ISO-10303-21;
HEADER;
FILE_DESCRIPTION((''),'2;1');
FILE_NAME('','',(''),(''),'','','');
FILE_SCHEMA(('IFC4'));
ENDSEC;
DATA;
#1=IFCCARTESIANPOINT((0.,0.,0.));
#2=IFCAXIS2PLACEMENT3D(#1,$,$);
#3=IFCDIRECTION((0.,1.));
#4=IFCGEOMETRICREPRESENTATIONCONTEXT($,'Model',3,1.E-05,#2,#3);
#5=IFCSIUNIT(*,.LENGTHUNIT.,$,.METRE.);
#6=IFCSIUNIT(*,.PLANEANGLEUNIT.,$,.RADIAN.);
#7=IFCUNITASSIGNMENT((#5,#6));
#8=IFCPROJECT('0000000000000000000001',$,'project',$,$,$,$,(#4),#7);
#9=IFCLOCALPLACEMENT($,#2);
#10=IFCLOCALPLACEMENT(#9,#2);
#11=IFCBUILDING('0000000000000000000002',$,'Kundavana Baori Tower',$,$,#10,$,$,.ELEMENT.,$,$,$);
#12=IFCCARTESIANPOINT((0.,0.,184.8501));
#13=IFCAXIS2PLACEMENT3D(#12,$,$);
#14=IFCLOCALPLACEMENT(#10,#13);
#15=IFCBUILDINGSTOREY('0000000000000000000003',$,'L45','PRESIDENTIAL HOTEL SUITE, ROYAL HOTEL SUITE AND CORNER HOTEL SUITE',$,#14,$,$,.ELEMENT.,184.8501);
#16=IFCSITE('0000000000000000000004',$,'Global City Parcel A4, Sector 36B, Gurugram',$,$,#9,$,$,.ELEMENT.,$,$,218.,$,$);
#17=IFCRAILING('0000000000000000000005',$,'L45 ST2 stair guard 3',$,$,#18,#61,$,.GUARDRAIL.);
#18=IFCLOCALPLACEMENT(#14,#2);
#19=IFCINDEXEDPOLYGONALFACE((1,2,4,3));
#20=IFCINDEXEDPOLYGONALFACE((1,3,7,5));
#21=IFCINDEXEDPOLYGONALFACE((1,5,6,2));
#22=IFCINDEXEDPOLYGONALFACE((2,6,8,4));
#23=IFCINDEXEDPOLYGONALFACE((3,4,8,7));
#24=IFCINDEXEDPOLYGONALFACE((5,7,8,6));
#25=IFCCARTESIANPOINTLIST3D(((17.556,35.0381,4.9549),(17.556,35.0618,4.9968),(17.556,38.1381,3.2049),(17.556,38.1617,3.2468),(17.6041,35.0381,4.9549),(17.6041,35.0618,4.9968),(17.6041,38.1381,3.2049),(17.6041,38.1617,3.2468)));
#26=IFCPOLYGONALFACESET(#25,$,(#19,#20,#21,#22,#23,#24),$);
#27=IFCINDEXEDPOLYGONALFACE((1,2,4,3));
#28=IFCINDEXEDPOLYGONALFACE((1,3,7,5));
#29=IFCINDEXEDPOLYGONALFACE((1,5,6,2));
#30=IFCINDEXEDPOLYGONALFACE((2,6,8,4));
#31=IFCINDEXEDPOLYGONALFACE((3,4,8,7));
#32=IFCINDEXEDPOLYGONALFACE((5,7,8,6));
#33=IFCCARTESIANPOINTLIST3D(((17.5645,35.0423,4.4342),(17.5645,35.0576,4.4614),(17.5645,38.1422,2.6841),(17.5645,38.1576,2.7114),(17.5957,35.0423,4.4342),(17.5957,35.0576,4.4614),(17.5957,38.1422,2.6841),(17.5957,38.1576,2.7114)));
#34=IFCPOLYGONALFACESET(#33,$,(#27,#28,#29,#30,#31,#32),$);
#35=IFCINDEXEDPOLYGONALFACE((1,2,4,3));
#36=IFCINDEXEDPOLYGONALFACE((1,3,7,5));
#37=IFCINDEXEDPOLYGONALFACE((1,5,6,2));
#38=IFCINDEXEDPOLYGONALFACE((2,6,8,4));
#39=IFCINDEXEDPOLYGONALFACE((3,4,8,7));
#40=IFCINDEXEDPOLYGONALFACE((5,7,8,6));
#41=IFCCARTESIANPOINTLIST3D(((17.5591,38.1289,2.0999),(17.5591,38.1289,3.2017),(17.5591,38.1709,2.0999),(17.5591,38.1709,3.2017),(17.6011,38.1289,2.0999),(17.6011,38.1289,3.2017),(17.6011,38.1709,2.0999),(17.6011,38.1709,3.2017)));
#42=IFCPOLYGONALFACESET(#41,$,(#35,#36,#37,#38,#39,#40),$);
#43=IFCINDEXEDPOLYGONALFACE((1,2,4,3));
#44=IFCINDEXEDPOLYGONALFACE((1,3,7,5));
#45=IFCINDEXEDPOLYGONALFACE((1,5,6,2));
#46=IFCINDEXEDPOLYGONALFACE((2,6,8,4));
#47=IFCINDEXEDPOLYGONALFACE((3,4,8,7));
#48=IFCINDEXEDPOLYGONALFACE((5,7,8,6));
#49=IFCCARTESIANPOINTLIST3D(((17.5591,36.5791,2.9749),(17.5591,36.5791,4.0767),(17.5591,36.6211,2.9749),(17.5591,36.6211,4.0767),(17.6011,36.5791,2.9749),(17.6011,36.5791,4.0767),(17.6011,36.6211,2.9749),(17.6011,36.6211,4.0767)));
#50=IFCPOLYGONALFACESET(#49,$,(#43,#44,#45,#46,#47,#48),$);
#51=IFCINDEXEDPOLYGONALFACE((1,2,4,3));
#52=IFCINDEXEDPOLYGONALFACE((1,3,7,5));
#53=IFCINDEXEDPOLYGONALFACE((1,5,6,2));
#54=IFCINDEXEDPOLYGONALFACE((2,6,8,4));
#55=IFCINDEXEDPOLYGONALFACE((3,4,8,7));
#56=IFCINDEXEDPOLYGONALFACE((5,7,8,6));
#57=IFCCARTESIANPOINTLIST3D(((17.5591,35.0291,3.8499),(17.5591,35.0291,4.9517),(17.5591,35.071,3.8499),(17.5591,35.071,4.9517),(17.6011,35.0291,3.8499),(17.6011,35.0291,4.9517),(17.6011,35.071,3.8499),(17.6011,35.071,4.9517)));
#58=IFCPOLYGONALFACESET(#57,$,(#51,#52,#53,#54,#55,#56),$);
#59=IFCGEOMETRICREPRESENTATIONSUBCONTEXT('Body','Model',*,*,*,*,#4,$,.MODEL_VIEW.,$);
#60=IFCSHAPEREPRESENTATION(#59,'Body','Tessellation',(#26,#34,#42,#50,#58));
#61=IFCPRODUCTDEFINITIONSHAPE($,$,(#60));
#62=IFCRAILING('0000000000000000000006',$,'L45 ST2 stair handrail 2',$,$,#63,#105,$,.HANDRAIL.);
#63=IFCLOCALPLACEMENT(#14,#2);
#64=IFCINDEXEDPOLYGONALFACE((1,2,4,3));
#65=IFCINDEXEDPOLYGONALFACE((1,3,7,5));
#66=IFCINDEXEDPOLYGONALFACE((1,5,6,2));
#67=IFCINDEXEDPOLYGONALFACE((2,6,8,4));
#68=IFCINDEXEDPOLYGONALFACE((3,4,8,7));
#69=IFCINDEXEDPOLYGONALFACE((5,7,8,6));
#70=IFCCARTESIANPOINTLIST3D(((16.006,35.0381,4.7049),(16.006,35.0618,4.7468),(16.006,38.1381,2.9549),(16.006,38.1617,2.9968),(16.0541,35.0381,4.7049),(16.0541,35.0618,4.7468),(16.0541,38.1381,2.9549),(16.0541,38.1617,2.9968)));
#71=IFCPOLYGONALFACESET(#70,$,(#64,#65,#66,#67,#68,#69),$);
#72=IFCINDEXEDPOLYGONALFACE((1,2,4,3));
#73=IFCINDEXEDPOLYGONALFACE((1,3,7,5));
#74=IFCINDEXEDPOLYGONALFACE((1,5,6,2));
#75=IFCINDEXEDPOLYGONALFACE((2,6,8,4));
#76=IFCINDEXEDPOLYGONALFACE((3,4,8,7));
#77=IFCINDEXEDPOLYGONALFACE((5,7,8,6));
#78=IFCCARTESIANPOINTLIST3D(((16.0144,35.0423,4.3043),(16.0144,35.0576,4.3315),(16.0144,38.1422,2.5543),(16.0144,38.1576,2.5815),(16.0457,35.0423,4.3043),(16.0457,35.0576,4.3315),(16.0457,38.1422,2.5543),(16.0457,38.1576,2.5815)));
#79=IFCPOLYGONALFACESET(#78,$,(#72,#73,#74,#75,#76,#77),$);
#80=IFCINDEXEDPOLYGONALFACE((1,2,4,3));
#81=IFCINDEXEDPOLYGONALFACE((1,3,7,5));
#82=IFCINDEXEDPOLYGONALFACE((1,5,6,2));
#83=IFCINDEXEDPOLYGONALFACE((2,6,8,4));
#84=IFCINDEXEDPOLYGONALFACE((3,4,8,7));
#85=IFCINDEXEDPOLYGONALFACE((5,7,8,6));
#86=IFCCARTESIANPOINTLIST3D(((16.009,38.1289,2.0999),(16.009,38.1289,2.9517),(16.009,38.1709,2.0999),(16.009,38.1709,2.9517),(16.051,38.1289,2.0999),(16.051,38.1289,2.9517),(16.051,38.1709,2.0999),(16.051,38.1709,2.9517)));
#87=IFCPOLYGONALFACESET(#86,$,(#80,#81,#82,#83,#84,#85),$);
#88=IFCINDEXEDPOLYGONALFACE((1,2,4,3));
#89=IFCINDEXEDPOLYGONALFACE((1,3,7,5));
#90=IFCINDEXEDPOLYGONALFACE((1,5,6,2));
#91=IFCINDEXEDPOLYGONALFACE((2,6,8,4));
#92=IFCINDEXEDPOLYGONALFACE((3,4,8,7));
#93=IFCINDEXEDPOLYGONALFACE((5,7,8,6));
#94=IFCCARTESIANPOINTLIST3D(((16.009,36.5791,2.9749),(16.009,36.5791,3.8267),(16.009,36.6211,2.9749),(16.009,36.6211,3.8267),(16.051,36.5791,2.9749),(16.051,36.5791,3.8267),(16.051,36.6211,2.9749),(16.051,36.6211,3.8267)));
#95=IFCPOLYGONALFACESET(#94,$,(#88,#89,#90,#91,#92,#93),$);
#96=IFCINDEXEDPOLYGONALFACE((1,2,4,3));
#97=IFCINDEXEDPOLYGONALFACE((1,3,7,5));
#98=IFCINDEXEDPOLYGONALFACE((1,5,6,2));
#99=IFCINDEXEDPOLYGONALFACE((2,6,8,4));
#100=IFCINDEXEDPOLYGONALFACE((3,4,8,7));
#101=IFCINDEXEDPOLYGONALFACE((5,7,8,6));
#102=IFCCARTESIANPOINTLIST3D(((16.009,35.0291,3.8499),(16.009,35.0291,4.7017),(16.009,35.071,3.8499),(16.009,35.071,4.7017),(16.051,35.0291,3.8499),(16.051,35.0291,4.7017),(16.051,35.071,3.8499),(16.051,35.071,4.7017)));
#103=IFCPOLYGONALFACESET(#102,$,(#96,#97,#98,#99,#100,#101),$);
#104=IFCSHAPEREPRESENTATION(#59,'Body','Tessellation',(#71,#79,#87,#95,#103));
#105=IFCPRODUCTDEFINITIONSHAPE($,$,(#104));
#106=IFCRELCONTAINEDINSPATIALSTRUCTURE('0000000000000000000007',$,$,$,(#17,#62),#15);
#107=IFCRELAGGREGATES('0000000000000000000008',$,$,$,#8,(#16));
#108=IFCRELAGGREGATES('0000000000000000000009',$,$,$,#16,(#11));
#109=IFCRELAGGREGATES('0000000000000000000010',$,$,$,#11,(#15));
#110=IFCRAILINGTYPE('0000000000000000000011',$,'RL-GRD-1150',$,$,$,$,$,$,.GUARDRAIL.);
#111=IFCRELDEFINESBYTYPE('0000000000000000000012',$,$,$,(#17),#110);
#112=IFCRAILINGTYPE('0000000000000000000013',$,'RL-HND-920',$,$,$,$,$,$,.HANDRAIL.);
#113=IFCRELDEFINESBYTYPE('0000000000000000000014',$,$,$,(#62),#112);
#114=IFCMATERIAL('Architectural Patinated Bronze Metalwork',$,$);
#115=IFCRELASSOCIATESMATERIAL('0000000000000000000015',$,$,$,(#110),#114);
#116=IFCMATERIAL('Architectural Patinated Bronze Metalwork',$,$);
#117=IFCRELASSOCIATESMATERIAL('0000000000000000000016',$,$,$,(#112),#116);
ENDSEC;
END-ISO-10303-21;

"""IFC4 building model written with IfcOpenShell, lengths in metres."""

from ifc_helpers import new_model, si_unit, direction, frame, origin, origin_2d, place, context, subcontext, project, spatial, rectangle, extrude, material, type_object, element, save


model = new_model("IFC4")

# Units and contexts
model_context = context("Model", 3, precision=1e-05, world=origin(), true_north=direction((0.0, 1.0)))
body_context = subcontext(model_context, "Body", "Model", "MODEL_VIEW")
ifc_project = project(units=[si_unit("LENGTHUNIT", "METRE"), si_unit("PLANEANGLEUNIT", "RADIAN")], contexts=[model_context])

# Site, building, storey
site_placement = place(None, origin())
site = spatial("IfcSite", under=ifc_project, at=site_placement, Name="Global City Parcel A4, Sector 36B, Gurugram", CompositionType="ELEMENT", RefElevation=218.0)
building_placement = place(site_placement, origin())
building = spatial("IfcBuilding", under=site, at=building_placement, Name="Kundavana Baori Tower", CompositionType="ELEMENT")
storey_placement = place(building_placement, frame((0.0, 0.0, 184.8501)))
storey = spatial("IfcBuildingStorey", under=building, at=storey_placement, Name="L45", Description="PRESIDENTIAL HOTEL SUITE, ROYAL HOTEL SUITE AND CORNER HOTEL SUITE", CompositionType="ELEMENT", Elevation=184.8501)

# Railings
ifc_material_1 = material(Name="Architectural Patinated Bronze Metalwork")
railing_type_1 = type_object("IfcRailingType", Name="RL-GRD-1150", PredefinedType="GUARDRAIL", material=ifc_material_1)
railing_1_placement = place(storey_placement, frame((17.5801, 38.1499, 2.0999)))
element("IfcRailing", 1, at=railing_1_placement, inside=storey, type_object=railing_type_1, Name="L45 ST2 stair guard 3", PredefinedType="GUARDRAIL", context=body_context, shape_type="SweptSolid", body=[
    extrude(rectangle(XDim=0.0481, YDim=0.0481, at=origin_2d()), frame((0.0, 0.0, 1.126), z_axis=(0.0, -0.870814, 0.491612), x_axis=(1.0, 0.0, 0.0)), (0.0, 0.0, 1.0), 3.5598),
    extrude(rectangle(XDim=0.0312, YDim=0.0312, at=origin_2d()), frame((0.0, 0.0, 0.5979), z_axis=(0.0, -0.870814, 0.491612), x_axis=(1.0, 0.0, 0.0)), (0.0, 0.0, 1.0), 3.5598),
    extrude(rectangle(XDim=0.042, YDim=0.042, at=origin_2d()), origin(), (0.0, 0.0, 1.0), 1.1018),
    extrude(rectangle(XDim=0.042, YDim=0.042, at=origin_2d()), frame((0.0, -1.5498, 0.875)), (0.0, 0.0, 1.0), 1.1018),
    extrude(rectangle(XDim=0.042, YDim=0.042, at=origin_2d()), frame((0.0, -3.0999, 1.75)), (0.0, 0.0, 1.0), 1.1018),
])
ifc_material_2 = material(Name="Architectural Patinated Bronze Metalwork")
railing_type_2 = type_object("IfcRailingType", Name="RL-HND-920", PredefinedType="HANDRAIL", material=ifc_material_2)
railing_2_placement = place(storey_placement, frame((16.03, 38.1499, 2.0999)))
element("IfcRailing", 2, at=railing_2_placement, inside=storey, type_object=railing_type_2, Name="L45 ST2 stair handrail 2", PredefinedType="HANDRAIL", context=body_context, shape_type="SweptSolid", body=[
    extrude(rectangle(XDim=0.0481, YDim=0.0481, at=origin_2d()), frame((0.0, 0.0, 0.876), z_axis=(0.0, -0.870814, 0.491612), x_axis=(1.0, 0.0, 0.0)), (0.0, 0.0, 1.0), 3.5598),
    extrude(rectangle(XDim=0.0312, YDim=0.0312, at=origin_2d()), frame((0.0, 0.0, 0.468), z_axis=(0.0, -0.870814, 0.491612), x_axis=(1.0, 0.0, 0.0)), (0.0, 0.0, 1.0), 3.5598),
    extrude(rectangle(XDim=0.042, YDim=0.042, at=origin_2d()), origin(), (0.0, 0.0, 1.0), 0.8518),
    extrude(rectangle(XDim=0.042, YDim=0.042, at=origin_2d()), frame((0.0, -1.5498, 0.875)), (0.0, 0.0, 1.0), 0.8518),
    extrude(rectangle(XDim=0.042, YDim=0.042, at=origin_2d()), frame((0.0, -3.0999, 1.75)), (0.0, 0.0, 1.0), 0.8518),
])

save(model, "model.ifc")
